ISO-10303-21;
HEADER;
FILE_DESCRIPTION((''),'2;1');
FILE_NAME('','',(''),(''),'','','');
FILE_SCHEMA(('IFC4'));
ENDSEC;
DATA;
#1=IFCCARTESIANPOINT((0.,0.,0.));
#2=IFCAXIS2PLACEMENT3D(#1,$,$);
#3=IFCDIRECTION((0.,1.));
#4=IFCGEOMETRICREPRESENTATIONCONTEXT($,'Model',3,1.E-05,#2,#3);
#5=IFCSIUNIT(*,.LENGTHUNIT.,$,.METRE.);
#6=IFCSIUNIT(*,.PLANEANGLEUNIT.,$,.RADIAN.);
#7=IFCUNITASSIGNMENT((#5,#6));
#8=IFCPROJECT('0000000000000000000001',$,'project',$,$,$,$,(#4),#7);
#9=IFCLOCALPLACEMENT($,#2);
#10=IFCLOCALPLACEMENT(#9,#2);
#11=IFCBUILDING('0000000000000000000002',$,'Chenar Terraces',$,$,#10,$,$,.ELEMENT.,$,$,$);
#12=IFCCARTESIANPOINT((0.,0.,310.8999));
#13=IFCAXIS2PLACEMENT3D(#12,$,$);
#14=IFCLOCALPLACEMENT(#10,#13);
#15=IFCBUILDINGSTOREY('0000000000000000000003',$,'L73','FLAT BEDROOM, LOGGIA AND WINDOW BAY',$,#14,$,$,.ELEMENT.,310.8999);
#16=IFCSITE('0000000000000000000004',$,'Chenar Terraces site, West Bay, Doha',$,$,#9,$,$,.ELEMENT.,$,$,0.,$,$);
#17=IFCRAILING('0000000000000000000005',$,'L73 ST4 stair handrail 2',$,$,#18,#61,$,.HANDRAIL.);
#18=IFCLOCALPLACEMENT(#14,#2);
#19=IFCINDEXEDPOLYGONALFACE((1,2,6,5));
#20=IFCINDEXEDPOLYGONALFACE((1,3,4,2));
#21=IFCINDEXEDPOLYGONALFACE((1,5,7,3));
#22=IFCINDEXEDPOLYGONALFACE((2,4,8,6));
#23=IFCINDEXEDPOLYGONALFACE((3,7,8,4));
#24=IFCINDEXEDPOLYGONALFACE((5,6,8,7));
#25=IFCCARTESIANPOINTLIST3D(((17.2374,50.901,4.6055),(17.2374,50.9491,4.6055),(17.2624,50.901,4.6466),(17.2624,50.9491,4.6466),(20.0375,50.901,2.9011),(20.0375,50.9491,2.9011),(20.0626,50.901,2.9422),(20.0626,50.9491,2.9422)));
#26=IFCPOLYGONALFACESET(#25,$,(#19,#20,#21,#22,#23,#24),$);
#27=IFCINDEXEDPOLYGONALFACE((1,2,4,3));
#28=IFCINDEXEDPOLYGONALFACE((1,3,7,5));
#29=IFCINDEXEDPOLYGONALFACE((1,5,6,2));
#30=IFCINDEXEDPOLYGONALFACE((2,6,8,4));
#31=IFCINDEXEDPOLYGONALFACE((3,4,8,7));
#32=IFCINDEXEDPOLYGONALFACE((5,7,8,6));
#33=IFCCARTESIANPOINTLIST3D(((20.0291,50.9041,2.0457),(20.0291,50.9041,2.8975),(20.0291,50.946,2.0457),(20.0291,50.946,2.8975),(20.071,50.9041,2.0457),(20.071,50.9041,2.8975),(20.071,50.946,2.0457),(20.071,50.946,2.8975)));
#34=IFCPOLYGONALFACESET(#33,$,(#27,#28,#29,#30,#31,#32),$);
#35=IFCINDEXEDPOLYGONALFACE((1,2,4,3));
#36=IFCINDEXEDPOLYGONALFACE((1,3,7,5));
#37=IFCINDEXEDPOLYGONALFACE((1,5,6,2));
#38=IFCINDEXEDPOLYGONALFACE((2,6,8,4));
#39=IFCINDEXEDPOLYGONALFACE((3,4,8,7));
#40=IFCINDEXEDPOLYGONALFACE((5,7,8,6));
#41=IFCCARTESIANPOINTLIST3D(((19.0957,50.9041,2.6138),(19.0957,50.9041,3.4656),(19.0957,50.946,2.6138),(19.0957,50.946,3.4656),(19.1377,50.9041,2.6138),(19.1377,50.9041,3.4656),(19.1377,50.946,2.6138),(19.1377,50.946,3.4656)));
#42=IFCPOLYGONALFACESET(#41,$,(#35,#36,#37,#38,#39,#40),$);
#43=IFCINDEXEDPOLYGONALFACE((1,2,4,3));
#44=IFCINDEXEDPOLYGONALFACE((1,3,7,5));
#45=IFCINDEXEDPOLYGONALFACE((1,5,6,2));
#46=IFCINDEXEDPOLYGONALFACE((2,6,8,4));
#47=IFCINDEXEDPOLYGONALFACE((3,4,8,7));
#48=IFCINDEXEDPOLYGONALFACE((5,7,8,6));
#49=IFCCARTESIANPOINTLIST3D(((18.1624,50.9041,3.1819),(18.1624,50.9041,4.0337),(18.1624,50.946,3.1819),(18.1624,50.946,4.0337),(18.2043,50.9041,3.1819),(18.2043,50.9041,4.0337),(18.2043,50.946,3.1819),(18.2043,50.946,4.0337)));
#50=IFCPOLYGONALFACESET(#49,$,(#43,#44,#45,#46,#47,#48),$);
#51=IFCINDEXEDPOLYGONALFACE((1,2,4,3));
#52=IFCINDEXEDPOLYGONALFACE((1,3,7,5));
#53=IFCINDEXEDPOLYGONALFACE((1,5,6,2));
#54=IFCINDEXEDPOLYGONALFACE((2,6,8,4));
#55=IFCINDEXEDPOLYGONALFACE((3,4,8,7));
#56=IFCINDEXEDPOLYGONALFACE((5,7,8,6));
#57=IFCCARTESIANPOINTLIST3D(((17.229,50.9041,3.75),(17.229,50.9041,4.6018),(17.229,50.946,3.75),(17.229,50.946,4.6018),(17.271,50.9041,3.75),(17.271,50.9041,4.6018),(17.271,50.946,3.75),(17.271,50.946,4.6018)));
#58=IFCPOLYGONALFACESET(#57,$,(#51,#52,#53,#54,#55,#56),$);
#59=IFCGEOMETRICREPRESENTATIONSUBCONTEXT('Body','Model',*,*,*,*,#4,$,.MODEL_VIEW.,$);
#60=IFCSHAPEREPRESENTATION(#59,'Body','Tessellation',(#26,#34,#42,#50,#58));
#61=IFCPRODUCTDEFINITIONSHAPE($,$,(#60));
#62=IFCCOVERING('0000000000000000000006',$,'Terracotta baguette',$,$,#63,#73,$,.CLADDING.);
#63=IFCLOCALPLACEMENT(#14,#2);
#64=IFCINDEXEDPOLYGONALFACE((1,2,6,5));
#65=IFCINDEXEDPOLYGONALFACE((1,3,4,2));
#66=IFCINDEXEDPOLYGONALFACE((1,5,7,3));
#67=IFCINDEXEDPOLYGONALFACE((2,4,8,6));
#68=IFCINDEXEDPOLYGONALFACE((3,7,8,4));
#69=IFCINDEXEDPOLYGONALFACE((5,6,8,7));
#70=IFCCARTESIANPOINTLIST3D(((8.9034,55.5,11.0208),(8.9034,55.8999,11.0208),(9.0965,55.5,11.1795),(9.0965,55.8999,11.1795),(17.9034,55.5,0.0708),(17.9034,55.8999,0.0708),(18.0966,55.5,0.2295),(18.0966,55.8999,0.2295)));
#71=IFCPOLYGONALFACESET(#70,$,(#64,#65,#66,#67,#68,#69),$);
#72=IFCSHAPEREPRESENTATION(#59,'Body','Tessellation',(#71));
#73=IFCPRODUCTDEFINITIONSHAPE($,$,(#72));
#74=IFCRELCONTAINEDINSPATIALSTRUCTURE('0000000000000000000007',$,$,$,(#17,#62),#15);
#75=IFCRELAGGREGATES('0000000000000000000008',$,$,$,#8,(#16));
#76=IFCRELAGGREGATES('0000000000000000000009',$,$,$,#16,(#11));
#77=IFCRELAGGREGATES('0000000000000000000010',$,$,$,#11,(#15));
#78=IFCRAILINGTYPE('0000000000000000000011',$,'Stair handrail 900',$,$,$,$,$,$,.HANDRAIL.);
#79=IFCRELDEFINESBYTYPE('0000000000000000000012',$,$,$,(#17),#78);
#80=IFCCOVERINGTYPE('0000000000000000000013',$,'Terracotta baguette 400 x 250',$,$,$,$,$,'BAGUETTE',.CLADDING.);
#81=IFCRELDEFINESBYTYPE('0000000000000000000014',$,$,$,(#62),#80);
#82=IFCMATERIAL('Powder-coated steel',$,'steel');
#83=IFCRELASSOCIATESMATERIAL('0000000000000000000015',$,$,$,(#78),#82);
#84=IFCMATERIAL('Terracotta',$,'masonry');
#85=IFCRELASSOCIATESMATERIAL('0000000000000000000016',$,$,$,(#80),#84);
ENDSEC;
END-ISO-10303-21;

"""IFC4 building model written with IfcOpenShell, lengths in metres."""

from ifc_helpers import new_model, si_unit, direction, frame, origin, origin_2d, place, context, subcontext, project, spatial, rectangle, extrude, material, material_profile, profile_set, type_object, element, save


model = new_model("IFC4")

# Units and contexts
model_context = context("Model", 3, precision=1e-05, world=origin(), true_north=direction((0.0, 1.0)))
body_context = subcontext(model_context, "Body", "Model", "MODEL_VIEW")
ifc_project = project(units=[si_unit("LENGTHUNIT", "METRE"), si_unit("PLANEANGLEUNIT", "RADIAN")], contexts=[model_context])

# Site, building, storey
site_placement = place(None, origin())
site = spatial("IfcSite", under=ifc_project, at=site_placement, Name="Chenar Terraces site, West Bay, Doha", CompositionType="ELEMENT", RefElevation=0.0)
building_placement = place(site_placement, origin())
building = spatial("IfcBuilding", under=site, at=building_placement, Name="Chenar Terraces", CompositionType="ELEMENT")
storey_placement = place(building_placement, frame((0.0, 0.0, 310.8999)))
storey = spatial("IfcBuildingStorey", under=building, at=storey_placement, Name="L73", Description="FLAT BEDROOM, LOGGIA AND WINDOW BAY", CompositionType="ELEMENT", Elevation=310.8999)

# Railing
ifc_material_1 = material(Name="Powder-coated steel", Category="steel")
railing_type_1 = type_object("IfcRailingType", Name="Stair handrail 900", PredefinedType="HANDRAIL", material=ifc_material_1)
railing_1_placement = place(storey_placement, frame((20.05, 50.925, 2.0457)))
element("IfcRailing", 1, at=railing_1_placement, inside=storey, type_object=railing_type_1, Name="L73 ST4 stair handrail 2", PredefinedType="HANDRAIL", context=body_context, shape_type="SweptSolid", body=[
    extrude(rectangle(XDim=0.0481, YDim=0.0481, at=origin_2d()), frame((0.0, 0.0, 0.876), z_axis=(-0.854203, 0.0, 0.51994), x_axis=(0.0, -1.0, 0.0)), (0.0, 0.0, 1.0), 3.2781),
    extrude(rectangle(XDim=0.042, YDim=0.042, at=origin_2d()), origin(), (0.0, 0.0, 1.0), 0.8518),
    extrude(rectangle(XDim=0.042, YDim=0.042, at=origin_2d()), frame((-0.9333, 0.0, 0.5681)), (0.0, 0.0, 1.0), 0.8518),
    extrude(rectangle(XDim=0.042, YDim=0.042, at=origin_2d()), frame((-1.8667, 0.0, 1.1362)), (0.0, 0.0, 1.0), 0.8518),
    extrude(rectangle(XDim=0.042, YDim=0.042, at=origin_2d()), frame((-2.8, 0.0, 1.7043)), (0.0, 0.0, 1.0), 0.8518),
])

# Covering
ifc_material_2 = material(Name="Terracotta", Category="masonry")
ifc_material_profile_1 = material_profile(ifc_material_2, rectangle(XDim=0.3999, YDim=0.25, at=origin_2d()), Name="Terracotta baguette 400 x 250")
ifc_profile_set_1 = profile_set([ifc_material_profile_1], Name="Terracotta")
covering_type = type_object("IfcCoveringType", Name="Terracotta baguette 400 x 250", ElementType="BAGUETTE", PredefinedType="CLADDING", material=ifc_profile_set_1)
covering_placement = place(storey_placement, frame((18.0, 55.7, 0.1501), z_axis=(-0.634967, 0.0, 0.772539), x_axis=(0.0, -1.0, 0.0)))
element("IfcCovering", 2, at=covering_placement, inside=storey, type_object=covering_type, Name="Terracotta baguette", PredefinedType="CLADDING", context=body_context, shape_type="SweptSolid", body=[
    extrude(rectangle(XDim=0.3999, YDim=0.25, at=origin_2d()), origin(), (0.0, 0.0, 1.0), 14.1741),
])

save(model, "model.ifc")
